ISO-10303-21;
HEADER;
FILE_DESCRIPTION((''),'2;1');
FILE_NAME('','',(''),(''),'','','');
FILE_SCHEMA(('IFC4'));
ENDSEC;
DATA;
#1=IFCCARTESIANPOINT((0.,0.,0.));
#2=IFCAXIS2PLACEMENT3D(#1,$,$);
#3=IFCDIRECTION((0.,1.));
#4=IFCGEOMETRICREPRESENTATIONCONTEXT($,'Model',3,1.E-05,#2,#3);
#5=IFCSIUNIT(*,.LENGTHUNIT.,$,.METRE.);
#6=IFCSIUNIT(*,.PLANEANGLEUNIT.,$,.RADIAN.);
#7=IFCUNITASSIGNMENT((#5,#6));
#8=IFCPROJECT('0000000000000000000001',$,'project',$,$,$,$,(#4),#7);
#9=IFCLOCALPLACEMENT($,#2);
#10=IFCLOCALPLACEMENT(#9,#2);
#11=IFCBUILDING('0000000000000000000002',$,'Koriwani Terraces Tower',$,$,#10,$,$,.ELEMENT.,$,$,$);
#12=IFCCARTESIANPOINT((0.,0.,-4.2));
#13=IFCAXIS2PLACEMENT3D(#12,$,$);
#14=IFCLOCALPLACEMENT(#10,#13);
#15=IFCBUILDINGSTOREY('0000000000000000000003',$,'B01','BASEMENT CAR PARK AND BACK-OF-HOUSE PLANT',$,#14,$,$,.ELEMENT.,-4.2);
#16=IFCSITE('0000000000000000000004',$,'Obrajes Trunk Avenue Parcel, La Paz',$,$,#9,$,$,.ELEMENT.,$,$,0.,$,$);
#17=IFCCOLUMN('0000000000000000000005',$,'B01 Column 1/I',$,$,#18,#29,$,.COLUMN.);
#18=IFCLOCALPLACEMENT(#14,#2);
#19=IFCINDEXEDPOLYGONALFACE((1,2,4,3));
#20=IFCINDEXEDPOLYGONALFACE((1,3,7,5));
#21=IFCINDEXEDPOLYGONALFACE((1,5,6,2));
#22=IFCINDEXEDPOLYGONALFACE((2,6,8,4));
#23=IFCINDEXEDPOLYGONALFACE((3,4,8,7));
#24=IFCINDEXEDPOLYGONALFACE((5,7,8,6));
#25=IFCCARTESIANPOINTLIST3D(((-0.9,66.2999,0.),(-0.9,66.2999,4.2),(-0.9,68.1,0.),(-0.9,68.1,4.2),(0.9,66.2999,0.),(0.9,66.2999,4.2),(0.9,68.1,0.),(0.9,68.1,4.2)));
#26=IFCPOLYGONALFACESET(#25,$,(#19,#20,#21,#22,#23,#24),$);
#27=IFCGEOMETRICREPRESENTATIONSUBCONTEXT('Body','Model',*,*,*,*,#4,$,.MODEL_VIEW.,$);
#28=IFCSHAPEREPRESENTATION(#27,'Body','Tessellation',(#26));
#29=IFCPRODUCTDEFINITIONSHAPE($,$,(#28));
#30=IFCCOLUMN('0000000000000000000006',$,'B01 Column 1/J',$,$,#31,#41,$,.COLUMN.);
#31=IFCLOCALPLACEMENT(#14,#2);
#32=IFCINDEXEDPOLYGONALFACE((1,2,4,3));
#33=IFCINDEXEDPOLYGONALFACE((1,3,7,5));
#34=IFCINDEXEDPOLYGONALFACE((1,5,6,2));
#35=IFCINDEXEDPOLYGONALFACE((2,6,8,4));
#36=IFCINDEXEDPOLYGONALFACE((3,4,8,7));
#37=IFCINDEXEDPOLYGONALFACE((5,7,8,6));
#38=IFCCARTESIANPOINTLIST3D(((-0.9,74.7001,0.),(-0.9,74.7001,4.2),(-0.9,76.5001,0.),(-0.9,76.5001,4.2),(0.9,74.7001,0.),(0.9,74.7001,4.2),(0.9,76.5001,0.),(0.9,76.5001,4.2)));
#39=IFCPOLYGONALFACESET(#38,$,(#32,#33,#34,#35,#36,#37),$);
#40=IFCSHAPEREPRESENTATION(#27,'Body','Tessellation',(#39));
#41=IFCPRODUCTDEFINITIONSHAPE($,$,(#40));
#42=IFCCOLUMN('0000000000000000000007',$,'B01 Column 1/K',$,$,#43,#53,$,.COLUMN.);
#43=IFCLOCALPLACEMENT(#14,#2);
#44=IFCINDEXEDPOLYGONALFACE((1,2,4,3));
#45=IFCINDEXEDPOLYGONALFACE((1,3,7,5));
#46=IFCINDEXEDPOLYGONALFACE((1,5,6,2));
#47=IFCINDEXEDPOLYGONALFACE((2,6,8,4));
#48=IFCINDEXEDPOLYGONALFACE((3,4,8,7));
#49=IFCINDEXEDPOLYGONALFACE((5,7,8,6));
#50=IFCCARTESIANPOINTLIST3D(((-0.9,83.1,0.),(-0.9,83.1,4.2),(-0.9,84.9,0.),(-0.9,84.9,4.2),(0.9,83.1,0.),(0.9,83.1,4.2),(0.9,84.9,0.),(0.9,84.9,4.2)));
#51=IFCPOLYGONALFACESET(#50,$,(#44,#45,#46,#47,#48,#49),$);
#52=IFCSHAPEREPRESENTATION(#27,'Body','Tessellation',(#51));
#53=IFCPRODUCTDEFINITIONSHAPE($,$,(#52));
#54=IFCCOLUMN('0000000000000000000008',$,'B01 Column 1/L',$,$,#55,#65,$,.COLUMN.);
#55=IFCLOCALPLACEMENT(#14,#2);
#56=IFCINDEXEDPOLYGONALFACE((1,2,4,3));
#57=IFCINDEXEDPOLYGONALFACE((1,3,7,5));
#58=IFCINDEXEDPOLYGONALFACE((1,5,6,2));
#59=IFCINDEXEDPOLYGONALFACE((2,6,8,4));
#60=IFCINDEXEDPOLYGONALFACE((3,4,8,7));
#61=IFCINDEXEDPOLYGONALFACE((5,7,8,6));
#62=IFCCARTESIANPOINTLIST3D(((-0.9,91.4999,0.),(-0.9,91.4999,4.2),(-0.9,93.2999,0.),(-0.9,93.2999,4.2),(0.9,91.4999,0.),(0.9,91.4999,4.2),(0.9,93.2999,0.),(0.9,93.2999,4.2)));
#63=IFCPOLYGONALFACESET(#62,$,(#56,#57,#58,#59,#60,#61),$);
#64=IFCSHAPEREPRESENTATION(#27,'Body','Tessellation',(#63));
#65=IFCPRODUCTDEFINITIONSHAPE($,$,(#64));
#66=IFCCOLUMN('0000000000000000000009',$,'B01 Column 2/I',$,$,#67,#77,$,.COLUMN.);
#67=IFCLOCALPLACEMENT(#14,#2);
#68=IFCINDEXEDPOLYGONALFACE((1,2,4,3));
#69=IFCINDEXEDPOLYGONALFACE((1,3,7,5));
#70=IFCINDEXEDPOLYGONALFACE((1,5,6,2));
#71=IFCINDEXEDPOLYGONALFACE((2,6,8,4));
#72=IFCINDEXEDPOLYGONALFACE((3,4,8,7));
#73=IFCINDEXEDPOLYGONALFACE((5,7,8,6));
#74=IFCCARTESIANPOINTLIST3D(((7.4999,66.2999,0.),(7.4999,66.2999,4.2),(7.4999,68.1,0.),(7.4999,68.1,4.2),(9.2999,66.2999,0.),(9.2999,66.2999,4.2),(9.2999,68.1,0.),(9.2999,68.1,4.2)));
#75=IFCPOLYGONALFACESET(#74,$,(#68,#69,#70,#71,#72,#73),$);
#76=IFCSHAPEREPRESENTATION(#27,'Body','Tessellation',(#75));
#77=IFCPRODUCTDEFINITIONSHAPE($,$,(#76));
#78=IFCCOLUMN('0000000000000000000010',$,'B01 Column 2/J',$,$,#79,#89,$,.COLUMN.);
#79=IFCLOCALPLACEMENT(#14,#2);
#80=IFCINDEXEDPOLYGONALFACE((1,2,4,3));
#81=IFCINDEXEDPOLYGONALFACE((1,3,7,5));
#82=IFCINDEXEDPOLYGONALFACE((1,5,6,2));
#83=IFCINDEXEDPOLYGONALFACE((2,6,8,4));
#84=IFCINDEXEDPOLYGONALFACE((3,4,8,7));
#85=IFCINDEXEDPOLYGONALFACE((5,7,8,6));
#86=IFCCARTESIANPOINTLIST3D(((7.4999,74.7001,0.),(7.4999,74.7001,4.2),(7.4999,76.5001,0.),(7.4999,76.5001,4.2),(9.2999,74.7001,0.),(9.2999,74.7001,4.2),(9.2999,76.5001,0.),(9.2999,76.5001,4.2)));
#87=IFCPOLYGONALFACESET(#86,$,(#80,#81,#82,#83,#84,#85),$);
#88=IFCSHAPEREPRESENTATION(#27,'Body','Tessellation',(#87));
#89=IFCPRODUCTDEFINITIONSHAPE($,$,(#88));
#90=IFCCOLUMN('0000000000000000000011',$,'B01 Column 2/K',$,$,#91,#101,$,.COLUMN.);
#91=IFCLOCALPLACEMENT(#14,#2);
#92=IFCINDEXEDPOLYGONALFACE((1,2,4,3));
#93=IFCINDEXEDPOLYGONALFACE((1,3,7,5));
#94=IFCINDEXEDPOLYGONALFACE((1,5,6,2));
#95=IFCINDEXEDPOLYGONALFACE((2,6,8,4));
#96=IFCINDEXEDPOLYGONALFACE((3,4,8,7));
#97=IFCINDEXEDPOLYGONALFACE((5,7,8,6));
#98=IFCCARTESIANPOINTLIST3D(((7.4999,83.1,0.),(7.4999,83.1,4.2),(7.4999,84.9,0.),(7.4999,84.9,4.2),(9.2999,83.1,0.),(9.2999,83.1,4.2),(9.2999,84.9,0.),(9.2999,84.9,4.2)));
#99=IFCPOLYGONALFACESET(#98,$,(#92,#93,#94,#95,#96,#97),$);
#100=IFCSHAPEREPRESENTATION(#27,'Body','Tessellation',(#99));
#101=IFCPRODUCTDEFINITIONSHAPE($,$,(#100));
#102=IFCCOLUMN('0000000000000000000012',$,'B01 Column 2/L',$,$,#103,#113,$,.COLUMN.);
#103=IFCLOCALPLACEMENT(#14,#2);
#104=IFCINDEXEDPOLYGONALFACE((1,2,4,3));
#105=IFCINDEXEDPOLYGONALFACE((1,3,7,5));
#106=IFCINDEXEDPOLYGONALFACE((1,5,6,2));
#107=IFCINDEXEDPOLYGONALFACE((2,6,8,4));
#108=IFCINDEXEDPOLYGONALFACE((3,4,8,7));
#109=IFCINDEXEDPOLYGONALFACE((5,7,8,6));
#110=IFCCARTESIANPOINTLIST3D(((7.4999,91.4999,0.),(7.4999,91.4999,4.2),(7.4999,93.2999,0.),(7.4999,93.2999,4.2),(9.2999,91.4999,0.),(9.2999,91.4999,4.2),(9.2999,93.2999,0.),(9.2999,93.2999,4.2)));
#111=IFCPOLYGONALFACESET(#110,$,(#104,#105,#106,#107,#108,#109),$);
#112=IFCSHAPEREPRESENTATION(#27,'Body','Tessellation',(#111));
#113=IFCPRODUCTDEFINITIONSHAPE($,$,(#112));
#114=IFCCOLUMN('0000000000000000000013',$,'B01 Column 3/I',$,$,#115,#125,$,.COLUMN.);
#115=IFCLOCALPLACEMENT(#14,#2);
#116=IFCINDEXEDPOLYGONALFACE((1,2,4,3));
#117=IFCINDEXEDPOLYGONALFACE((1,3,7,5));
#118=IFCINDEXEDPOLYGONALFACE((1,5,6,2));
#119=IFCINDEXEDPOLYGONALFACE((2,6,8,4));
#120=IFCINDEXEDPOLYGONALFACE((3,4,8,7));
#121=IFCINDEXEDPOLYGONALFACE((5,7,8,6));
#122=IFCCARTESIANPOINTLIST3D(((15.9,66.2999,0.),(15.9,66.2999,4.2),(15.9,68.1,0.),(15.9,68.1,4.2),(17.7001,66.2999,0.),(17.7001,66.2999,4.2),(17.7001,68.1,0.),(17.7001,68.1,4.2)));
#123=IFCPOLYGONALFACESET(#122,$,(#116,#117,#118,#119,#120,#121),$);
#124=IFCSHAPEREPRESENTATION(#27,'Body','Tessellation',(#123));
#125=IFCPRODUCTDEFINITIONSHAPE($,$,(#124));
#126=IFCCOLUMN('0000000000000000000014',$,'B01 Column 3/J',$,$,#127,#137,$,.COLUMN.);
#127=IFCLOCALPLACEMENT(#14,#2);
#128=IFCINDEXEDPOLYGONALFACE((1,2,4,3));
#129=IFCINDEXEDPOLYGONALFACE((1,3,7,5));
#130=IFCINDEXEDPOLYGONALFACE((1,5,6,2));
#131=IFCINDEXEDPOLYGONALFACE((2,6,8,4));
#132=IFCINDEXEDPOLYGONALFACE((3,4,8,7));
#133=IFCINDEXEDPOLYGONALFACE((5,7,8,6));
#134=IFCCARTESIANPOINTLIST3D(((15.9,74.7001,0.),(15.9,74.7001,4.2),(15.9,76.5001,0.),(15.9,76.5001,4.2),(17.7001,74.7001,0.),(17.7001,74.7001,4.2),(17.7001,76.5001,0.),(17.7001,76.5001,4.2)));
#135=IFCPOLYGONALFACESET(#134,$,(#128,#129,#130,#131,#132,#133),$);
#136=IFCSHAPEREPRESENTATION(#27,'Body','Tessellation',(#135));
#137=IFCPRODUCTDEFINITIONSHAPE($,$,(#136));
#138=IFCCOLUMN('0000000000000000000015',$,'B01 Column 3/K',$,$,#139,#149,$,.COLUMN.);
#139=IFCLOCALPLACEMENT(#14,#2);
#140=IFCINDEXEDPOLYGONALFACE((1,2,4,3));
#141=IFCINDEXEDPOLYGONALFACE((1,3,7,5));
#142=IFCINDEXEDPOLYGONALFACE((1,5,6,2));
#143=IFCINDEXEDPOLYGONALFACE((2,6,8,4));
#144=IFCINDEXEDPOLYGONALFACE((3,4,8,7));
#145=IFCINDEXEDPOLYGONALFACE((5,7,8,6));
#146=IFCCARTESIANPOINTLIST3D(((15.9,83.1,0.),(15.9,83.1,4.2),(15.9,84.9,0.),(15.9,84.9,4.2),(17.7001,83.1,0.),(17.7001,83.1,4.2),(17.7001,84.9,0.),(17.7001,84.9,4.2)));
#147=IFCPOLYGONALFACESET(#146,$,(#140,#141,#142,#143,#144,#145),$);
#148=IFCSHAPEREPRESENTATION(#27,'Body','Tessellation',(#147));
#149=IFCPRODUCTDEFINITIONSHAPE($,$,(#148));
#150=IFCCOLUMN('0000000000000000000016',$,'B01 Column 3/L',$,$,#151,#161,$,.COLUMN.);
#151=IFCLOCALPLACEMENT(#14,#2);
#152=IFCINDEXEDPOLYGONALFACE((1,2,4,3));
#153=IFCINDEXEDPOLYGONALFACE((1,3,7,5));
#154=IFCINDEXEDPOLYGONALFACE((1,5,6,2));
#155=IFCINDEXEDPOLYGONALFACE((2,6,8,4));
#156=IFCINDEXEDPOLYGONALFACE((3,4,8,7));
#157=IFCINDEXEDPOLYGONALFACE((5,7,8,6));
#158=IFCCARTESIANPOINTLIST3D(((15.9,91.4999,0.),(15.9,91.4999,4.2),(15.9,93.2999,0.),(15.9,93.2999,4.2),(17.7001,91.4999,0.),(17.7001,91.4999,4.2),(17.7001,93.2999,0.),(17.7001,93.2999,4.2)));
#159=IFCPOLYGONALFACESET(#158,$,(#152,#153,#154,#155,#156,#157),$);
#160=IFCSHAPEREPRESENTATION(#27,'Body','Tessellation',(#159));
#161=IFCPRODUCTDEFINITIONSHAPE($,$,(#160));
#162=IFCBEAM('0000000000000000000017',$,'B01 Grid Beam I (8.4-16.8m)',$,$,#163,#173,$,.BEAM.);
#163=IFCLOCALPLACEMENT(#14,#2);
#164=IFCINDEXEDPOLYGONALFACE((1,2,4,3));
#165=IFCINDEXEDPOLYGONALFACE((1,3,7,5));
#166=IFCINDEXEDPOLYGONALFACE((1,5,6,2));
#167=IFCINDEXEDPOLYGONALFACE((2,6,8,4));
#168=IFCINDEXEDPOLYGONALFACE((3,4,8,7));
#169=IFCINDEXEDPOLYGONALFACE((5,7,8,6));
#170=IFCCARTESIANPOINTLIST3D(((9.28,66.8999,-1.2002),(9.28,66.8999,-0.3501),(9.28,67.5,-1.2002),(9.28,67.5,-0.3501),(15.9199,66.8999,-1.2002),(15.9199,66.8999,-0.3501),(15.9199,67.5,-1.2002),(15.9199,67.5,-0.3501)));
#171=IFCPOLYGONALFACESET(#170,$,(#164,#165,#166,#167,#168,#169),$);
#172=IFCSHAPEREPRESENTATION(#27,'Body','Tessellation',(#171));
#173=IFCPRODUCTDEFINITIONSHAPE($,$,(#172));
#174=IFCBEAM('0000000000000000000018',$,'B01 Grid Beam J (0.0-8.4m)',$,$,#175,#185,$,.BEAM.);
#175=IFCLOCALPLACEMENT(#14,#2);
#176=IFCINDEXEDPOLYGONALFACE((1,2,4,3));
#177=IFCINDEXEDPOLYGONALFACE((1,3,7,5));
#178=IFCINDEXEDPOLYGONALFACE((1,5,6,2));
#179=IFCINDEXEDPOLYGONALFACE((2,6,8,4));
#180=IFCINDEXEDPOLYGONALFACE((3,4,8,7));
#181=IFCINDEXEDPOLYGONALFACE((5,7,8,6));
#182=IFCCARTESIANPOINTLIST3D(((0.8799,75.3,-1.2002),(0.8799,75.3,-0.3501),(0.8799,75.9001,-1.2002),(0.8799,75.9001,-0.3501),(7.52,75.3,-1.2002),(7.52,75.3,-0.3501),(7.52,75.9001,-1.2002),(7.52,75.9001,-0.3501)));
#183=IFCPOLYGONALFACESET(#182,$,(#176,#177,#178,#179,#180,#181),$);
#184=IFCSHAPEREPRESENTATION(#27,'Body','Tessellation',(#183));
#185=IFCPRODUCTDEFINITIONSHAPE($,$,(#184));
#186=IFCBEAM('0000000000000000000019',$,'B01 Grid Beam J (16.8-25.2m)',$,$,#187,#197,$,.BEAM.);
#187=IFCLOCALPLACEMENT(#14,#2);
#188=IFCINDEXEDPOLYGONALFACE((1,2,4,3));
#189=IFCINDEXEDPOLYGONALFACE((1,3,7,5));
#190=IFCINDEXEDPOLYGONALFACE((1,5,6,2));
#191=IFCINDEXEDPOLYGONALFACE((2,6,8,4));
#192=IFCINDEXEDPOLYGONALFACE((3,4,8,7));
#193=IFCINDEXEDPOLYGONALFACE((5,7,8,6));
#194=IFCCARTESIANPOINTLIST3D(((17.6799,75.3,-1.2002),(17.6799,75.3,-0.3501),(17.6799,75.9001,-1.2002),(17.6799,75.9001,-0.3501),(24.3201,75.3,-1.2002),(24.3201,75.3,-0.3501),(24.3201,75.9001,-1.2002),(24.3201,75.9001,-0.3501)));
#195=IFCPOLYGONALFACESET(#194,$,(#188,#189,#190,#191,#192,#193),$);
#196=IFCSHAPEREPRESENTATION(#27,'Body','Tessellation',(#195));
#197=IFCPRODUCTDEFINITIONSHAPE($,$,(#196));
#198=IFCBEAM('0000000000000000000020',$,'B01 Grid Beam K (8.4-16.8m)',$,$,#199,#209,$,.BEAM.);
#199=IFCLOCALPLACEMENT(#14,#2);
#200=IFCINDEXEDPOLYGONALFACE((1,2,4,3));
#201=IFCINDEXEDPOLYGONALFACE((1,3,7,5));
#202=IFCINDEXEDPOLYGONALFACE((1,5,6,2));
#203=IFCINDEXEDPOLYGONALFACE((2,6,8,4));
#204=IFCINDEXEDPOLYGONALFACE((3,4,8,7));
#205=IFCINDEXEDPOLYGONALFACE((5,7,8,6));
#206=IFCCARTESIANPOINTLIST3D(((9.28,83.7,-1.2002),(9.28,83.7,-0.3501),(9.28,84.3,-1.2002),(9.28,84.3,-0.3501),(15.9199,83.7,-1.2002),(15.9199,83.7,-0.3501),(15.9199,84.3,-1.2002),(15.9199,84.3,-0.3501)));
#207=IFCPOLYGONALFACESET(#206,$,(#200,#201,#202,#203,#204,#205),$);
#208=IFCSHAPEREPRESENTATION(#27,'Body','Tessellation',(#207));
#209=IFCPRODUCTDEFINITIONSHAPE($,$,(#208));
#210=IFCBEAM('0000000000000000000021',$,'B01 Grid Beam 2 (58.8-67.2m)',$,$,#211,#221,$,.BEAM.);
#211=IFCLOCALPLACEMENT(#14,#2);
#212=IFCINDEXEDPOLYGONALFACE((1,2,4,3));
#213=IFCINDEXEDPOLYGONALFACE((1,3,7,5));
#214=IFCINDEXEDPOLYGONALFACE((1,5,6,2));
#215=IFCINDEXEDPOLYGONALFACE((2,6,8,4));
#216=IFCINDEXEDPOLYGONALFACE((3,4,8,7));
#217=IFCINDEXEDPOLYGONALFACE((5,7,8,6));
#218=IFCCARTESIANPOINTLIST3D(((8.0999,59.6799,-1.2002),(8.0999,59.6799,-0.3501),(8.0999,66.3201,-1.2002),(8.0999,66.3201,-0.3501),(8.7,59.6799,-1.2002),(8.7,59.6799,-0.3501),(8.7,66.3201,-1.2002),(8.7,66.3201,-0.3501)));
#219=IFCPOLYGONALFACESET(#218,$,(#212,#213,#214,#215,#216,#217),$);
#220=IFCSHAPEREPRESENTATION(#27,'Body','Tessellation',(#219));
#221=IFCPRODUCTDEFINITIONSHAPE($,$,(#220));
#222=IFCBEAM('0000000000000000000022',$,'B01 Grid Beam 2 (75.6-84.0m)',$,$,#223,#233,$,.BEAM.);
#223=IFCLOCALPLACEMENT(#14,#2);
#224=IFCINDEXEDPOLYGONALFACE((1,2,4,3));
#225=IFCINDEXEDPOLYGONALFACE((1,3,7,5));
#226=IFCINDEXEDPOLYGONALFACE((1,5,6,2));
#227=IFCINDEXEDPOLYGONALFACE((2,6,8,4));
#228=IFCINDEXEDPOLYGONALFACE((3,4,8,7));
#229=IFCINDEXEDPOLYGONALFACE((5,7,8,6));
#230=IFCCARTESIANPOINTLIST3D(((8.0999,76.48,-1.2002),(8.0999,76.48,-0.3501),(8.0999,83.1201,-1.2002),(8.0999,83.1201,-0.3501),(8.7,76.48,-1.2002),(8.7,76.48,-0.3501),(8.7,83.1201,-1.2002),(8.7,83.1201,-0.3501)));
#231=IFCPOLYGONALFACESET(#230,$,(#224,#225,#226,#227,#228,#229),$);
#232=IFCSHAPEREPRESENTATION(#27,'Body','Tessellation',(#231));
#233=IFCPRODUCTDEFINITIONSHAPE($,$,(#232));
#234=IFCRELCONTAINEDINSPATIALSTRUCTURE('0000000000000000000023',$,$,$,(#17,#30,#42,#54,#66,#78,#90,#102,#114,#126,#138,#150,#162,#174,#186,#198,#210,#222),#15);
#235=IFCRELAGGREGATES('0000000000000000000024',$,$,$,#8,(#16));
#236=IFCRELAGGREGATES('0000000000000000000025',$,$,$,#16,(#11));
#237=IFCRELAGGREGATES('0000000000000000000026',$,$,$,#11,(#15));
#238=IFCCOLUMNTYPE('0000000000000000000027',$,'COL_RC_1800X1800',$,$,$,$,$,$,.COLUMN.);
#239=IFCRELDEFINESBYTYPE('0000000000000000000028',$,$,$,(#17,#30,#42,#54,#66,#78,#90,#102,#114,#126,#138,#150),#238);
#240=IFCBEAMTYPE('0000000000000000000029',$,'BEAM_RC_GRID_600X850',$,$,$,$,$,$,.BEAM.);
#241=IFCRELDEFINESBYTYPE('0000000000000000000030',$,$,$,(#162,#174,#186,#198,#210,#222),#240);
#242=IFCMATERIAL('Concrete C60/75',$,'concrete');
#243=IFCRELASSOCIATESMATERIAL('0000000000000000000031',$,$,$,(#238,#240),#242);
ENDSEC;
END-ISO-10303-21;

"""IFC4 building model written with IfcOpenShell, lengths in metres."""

from ifc_helpers import new_model, si_unit, direction, frame, origin, origin_2d, place, context, subcontext, project, spatial, rectangle, extrude, material, material_profile, profile_set, type_object, element, save


model = new_model("IFC4")

# Units and contexts
model_context = context("Model", 3, precision=1e-05, world=origin(), true_north=direction((0.0, 1.0)))
body_context = subcontext(model_context, "Body", "Model", "MODEL_VIEW")
ifc_project = project(units=[si_unit("LENGTHUNIT", "METRE"), si_unit("PLANEANGLEUNIT", "RADIAN")], contexts=[model_context])

# Site, building, storey
site_placement = place(None, origin())
site = spatial("IfcSite", under=ifc_project, at=site_placement, Name="Obrajes Trunk Avenue Parcel, La Paz", CompositionType="ELEMENT", RefElevation=0.0)
building_placement = place(site_placement, origin())
building = spatial("IfcBuilding", under=site, at=building_placement, Name="Koriwani Terraces Tower", CompositionType="ELEMENT")
storey_placement = place(building_placement, frame((0.0, 0.0, -4.2)))
storey = spatial("IfcBuildingStorey", under=building, at=storey_placement, Name="B01", Description="BASEMENT CAR PARK AND BACK-OF-HOUSE PLANT", CompositionType="ELEMENT", Elevation=-4.2)

# Columns
ifc_material_1 = material(Name="Concrete C60/75", Category="concrete")
ifc_material_profile_1 = material_profile(ifc_material_1, rectangle(XDim=1.8, YDim=1.8, at=origin_2d()), Name="Concrete C60/75", Category="LoadBearing")
ifc_profile_set_1 = profile_set([ifc_material_profile_1], Name="Concrete C60/75")
column_type = type_object("IfcColumnType", Name="COL_RC_1800X1800", PredefinedType="COLUMN", material=ifc_profile_set_1)
for number, where, z_axis, x_axis, name in (
    (1, (0.0, 67.2, 0.0), (0.0, 0.0, 1.0), (1.0, 0.0, 0.0), "B01 Column 1/I"),
    (2, (0.0, 75.6001, 0.0), (0.0, 0.0, 1.0), (1.0, 0.0, 0.0), "B01 Column 1/J"),
    (3, (0.0, 84.0, 0.0), (0.0, 0.0, 1.0), (1.0, 0.0, 0.0), "B01 Column 1/K"),
    (4, (0.0, 92.3999, 0.0), (0.0, 0.0, 1.0), (1.0, 0.0, 0.0), "B01 Column 1/L"),
    (5, (8.3999, 67.2, 0.0), (0.0, 0.0, 1.0), (1.0, 0.0, 0.0), "B01 Column 2/I"),
    (6, (8.3999, 75.6001, 0.0), (0.0, 0.0, 1.0), (1.0, 0.0, 0.0), "B01 Column 2/J"),
    (7, (8.3999, 84.0, 0.0), (0.0, 0.0, 1.0), (1.0, 0.0, 0.0), "B01 Column 2/K"),
    (8, (8.3999, 92.3999, 0.0), (0.0, 0.0, 1.0), (1.0, 0.0, 0.0), "B01 Column 2/L"),
    (9, (16.8, 67.2, 0.0), (0.0, 0.0, 1.0), (1.0, 0.0, 0.0), "B01 Column 3/I"),
    (10, (16.8, 75.6001, 0.0), (0.0, 0.0, 1.0), (1.0, 0.0, 0.0), "B01 Column 3/J"),
    (11, (16.8, 84.0, 0.0), (0.0, 0.0, 1.0), (1.0, 0.0, 0.0), "B01 Column 3/K"),
    (12, (16.8, 92.3999, 0.0), (0.0, 0.0, 1.0), (1.0, 0.0, 0.0), "B01 Column 3/L"),
):
    element("IfcColumn", number, at=place(storey_placement, frame(where, z_axis=z_axis, x_axis=x_axis)), inside=storey, type_object=column_type, Name=name, PredefinedType="COLUMN", context=body_context, shape_type="SweptSolid", body=[
        extrude(rectangle(XDim=1.8, YDim=1.8, at=origin_2d()), origin(), (0.0, 0.0, 1.0), 4.2),
    ])

# Beams
ifc_material_profile_2 = material_profile(ifc_material_1, rectangle(XDim=0.6001, YDim=0.8501, at=origin_2d()), Name="Concrete C60/75", Category="LoadBearing")
ifc_profile_set_2 = profile_set([ifc_material_profile_2], Name="Concrete C60/75")
beam_type_1 = type_object("IfcBeamType", Name="BEAM_RC_GRID_600X850", PredefinedType="BEAM", material=ifc_profile_set_2)
beam_1_placement = place(storey_placement, frame((9.28, 67.2, -0.7751), z_axis=(1.0, 0.0, 0.0), x_axis=(0.0, 1.0, 0.0)))
element("IfcBeam", 13, at=beam_1_placement, inside=storey, type_object=beam_type_1, Name="B01 Grid Beam I (8.4-16.8m)", PredefinedType="BEAM", context=body_context, shape_type="SweptSolid", body=[
    extrude(rectangle(XDim=0.6001, YDim=0.8501, at=origin_2d()), origin(), (0.0, 0.0, 1.0), 6.6399),
])
for number, where, z_axis, x_axis, name in (
    (14, (0.8799, 75.6001, -0.7751), (1.0, 0.0, 0.0), (0.0, 1.0, 0.0), "B01 Grid Beam J (0.0-8.4m)"),
    (15, (17.6799, 75.6001, -0.7751), (1.0, 0.0, 0.0), (0.0, 1.0, 0.0), "B01 Grid Beam J (16.8-25.2m)"),
):
    element("IfcBeam", number, at=place(storey_placement, frame(where, z_axis=z_axis, x_axis=x_axis)), inside=storey, type_object=beam_type_1, Name=name, PredefinedType="BEAM", context=body_context, shape_type="SweptSolid", body=[
        extrude(rectangle(XDim=0.6001, YDim=0.8501, at=origin_2d()), origin(), (0.0, 0.0, 1.0), 6.6401),
    ])
beam_2_placement = place(storey_placement, frame((9.28, 84.0, -0.7751), z_axis=(1.0, 0.0, 0.0), x_axis=(0.0, 1.0, 0.0)))
element("IfcBeam", 16, at=beam_2_placement, inside=storey, type_object=beam_type_1, Name="B01 Grid Beam K (8.4-16.8m)", PredefinedType="BEAM", context=body_context, shape_type="SweptSolid", body=[
    extrude(rectangle(XDim=0.6001, YDim=0.8501, at=origin_2d()), origin(), (0.0, 0.0, 1.0), 6.6399),
])
for number, where, z_axis, x_axis, name in (
    (17, (8.3999, 59.6799, -0.7751), (0.0, 1.0, 0.0), (-1.0, 0.0, 0.0), "B01 Grid Beam 2 (58.8-67.2m)"),
    (18, (8.3999, 76.48, -0.7751), (0.0, 1.0, 0.0), (-1.0, 0.0, 0.0), "B01 Grid Beam 2 (75.6-84.0m)"),
):
    element("IfcBeam", number, at=place(storey_placement, frame(where, z_axis=z_axis, x_axis=x_axis)), inside=storey, type_object=beam_type_1, Name=name, PredefinedType="BEAM", context=body_context, shape_type="SweptSolid", body=[
        extrude(rectangle(XDim=0.6001, YDim=0.8501, at=origin_2d()), origin(), (0.0, 0.0, 1.0), 6.6401),
    ])

save(model, "model.ifc")
